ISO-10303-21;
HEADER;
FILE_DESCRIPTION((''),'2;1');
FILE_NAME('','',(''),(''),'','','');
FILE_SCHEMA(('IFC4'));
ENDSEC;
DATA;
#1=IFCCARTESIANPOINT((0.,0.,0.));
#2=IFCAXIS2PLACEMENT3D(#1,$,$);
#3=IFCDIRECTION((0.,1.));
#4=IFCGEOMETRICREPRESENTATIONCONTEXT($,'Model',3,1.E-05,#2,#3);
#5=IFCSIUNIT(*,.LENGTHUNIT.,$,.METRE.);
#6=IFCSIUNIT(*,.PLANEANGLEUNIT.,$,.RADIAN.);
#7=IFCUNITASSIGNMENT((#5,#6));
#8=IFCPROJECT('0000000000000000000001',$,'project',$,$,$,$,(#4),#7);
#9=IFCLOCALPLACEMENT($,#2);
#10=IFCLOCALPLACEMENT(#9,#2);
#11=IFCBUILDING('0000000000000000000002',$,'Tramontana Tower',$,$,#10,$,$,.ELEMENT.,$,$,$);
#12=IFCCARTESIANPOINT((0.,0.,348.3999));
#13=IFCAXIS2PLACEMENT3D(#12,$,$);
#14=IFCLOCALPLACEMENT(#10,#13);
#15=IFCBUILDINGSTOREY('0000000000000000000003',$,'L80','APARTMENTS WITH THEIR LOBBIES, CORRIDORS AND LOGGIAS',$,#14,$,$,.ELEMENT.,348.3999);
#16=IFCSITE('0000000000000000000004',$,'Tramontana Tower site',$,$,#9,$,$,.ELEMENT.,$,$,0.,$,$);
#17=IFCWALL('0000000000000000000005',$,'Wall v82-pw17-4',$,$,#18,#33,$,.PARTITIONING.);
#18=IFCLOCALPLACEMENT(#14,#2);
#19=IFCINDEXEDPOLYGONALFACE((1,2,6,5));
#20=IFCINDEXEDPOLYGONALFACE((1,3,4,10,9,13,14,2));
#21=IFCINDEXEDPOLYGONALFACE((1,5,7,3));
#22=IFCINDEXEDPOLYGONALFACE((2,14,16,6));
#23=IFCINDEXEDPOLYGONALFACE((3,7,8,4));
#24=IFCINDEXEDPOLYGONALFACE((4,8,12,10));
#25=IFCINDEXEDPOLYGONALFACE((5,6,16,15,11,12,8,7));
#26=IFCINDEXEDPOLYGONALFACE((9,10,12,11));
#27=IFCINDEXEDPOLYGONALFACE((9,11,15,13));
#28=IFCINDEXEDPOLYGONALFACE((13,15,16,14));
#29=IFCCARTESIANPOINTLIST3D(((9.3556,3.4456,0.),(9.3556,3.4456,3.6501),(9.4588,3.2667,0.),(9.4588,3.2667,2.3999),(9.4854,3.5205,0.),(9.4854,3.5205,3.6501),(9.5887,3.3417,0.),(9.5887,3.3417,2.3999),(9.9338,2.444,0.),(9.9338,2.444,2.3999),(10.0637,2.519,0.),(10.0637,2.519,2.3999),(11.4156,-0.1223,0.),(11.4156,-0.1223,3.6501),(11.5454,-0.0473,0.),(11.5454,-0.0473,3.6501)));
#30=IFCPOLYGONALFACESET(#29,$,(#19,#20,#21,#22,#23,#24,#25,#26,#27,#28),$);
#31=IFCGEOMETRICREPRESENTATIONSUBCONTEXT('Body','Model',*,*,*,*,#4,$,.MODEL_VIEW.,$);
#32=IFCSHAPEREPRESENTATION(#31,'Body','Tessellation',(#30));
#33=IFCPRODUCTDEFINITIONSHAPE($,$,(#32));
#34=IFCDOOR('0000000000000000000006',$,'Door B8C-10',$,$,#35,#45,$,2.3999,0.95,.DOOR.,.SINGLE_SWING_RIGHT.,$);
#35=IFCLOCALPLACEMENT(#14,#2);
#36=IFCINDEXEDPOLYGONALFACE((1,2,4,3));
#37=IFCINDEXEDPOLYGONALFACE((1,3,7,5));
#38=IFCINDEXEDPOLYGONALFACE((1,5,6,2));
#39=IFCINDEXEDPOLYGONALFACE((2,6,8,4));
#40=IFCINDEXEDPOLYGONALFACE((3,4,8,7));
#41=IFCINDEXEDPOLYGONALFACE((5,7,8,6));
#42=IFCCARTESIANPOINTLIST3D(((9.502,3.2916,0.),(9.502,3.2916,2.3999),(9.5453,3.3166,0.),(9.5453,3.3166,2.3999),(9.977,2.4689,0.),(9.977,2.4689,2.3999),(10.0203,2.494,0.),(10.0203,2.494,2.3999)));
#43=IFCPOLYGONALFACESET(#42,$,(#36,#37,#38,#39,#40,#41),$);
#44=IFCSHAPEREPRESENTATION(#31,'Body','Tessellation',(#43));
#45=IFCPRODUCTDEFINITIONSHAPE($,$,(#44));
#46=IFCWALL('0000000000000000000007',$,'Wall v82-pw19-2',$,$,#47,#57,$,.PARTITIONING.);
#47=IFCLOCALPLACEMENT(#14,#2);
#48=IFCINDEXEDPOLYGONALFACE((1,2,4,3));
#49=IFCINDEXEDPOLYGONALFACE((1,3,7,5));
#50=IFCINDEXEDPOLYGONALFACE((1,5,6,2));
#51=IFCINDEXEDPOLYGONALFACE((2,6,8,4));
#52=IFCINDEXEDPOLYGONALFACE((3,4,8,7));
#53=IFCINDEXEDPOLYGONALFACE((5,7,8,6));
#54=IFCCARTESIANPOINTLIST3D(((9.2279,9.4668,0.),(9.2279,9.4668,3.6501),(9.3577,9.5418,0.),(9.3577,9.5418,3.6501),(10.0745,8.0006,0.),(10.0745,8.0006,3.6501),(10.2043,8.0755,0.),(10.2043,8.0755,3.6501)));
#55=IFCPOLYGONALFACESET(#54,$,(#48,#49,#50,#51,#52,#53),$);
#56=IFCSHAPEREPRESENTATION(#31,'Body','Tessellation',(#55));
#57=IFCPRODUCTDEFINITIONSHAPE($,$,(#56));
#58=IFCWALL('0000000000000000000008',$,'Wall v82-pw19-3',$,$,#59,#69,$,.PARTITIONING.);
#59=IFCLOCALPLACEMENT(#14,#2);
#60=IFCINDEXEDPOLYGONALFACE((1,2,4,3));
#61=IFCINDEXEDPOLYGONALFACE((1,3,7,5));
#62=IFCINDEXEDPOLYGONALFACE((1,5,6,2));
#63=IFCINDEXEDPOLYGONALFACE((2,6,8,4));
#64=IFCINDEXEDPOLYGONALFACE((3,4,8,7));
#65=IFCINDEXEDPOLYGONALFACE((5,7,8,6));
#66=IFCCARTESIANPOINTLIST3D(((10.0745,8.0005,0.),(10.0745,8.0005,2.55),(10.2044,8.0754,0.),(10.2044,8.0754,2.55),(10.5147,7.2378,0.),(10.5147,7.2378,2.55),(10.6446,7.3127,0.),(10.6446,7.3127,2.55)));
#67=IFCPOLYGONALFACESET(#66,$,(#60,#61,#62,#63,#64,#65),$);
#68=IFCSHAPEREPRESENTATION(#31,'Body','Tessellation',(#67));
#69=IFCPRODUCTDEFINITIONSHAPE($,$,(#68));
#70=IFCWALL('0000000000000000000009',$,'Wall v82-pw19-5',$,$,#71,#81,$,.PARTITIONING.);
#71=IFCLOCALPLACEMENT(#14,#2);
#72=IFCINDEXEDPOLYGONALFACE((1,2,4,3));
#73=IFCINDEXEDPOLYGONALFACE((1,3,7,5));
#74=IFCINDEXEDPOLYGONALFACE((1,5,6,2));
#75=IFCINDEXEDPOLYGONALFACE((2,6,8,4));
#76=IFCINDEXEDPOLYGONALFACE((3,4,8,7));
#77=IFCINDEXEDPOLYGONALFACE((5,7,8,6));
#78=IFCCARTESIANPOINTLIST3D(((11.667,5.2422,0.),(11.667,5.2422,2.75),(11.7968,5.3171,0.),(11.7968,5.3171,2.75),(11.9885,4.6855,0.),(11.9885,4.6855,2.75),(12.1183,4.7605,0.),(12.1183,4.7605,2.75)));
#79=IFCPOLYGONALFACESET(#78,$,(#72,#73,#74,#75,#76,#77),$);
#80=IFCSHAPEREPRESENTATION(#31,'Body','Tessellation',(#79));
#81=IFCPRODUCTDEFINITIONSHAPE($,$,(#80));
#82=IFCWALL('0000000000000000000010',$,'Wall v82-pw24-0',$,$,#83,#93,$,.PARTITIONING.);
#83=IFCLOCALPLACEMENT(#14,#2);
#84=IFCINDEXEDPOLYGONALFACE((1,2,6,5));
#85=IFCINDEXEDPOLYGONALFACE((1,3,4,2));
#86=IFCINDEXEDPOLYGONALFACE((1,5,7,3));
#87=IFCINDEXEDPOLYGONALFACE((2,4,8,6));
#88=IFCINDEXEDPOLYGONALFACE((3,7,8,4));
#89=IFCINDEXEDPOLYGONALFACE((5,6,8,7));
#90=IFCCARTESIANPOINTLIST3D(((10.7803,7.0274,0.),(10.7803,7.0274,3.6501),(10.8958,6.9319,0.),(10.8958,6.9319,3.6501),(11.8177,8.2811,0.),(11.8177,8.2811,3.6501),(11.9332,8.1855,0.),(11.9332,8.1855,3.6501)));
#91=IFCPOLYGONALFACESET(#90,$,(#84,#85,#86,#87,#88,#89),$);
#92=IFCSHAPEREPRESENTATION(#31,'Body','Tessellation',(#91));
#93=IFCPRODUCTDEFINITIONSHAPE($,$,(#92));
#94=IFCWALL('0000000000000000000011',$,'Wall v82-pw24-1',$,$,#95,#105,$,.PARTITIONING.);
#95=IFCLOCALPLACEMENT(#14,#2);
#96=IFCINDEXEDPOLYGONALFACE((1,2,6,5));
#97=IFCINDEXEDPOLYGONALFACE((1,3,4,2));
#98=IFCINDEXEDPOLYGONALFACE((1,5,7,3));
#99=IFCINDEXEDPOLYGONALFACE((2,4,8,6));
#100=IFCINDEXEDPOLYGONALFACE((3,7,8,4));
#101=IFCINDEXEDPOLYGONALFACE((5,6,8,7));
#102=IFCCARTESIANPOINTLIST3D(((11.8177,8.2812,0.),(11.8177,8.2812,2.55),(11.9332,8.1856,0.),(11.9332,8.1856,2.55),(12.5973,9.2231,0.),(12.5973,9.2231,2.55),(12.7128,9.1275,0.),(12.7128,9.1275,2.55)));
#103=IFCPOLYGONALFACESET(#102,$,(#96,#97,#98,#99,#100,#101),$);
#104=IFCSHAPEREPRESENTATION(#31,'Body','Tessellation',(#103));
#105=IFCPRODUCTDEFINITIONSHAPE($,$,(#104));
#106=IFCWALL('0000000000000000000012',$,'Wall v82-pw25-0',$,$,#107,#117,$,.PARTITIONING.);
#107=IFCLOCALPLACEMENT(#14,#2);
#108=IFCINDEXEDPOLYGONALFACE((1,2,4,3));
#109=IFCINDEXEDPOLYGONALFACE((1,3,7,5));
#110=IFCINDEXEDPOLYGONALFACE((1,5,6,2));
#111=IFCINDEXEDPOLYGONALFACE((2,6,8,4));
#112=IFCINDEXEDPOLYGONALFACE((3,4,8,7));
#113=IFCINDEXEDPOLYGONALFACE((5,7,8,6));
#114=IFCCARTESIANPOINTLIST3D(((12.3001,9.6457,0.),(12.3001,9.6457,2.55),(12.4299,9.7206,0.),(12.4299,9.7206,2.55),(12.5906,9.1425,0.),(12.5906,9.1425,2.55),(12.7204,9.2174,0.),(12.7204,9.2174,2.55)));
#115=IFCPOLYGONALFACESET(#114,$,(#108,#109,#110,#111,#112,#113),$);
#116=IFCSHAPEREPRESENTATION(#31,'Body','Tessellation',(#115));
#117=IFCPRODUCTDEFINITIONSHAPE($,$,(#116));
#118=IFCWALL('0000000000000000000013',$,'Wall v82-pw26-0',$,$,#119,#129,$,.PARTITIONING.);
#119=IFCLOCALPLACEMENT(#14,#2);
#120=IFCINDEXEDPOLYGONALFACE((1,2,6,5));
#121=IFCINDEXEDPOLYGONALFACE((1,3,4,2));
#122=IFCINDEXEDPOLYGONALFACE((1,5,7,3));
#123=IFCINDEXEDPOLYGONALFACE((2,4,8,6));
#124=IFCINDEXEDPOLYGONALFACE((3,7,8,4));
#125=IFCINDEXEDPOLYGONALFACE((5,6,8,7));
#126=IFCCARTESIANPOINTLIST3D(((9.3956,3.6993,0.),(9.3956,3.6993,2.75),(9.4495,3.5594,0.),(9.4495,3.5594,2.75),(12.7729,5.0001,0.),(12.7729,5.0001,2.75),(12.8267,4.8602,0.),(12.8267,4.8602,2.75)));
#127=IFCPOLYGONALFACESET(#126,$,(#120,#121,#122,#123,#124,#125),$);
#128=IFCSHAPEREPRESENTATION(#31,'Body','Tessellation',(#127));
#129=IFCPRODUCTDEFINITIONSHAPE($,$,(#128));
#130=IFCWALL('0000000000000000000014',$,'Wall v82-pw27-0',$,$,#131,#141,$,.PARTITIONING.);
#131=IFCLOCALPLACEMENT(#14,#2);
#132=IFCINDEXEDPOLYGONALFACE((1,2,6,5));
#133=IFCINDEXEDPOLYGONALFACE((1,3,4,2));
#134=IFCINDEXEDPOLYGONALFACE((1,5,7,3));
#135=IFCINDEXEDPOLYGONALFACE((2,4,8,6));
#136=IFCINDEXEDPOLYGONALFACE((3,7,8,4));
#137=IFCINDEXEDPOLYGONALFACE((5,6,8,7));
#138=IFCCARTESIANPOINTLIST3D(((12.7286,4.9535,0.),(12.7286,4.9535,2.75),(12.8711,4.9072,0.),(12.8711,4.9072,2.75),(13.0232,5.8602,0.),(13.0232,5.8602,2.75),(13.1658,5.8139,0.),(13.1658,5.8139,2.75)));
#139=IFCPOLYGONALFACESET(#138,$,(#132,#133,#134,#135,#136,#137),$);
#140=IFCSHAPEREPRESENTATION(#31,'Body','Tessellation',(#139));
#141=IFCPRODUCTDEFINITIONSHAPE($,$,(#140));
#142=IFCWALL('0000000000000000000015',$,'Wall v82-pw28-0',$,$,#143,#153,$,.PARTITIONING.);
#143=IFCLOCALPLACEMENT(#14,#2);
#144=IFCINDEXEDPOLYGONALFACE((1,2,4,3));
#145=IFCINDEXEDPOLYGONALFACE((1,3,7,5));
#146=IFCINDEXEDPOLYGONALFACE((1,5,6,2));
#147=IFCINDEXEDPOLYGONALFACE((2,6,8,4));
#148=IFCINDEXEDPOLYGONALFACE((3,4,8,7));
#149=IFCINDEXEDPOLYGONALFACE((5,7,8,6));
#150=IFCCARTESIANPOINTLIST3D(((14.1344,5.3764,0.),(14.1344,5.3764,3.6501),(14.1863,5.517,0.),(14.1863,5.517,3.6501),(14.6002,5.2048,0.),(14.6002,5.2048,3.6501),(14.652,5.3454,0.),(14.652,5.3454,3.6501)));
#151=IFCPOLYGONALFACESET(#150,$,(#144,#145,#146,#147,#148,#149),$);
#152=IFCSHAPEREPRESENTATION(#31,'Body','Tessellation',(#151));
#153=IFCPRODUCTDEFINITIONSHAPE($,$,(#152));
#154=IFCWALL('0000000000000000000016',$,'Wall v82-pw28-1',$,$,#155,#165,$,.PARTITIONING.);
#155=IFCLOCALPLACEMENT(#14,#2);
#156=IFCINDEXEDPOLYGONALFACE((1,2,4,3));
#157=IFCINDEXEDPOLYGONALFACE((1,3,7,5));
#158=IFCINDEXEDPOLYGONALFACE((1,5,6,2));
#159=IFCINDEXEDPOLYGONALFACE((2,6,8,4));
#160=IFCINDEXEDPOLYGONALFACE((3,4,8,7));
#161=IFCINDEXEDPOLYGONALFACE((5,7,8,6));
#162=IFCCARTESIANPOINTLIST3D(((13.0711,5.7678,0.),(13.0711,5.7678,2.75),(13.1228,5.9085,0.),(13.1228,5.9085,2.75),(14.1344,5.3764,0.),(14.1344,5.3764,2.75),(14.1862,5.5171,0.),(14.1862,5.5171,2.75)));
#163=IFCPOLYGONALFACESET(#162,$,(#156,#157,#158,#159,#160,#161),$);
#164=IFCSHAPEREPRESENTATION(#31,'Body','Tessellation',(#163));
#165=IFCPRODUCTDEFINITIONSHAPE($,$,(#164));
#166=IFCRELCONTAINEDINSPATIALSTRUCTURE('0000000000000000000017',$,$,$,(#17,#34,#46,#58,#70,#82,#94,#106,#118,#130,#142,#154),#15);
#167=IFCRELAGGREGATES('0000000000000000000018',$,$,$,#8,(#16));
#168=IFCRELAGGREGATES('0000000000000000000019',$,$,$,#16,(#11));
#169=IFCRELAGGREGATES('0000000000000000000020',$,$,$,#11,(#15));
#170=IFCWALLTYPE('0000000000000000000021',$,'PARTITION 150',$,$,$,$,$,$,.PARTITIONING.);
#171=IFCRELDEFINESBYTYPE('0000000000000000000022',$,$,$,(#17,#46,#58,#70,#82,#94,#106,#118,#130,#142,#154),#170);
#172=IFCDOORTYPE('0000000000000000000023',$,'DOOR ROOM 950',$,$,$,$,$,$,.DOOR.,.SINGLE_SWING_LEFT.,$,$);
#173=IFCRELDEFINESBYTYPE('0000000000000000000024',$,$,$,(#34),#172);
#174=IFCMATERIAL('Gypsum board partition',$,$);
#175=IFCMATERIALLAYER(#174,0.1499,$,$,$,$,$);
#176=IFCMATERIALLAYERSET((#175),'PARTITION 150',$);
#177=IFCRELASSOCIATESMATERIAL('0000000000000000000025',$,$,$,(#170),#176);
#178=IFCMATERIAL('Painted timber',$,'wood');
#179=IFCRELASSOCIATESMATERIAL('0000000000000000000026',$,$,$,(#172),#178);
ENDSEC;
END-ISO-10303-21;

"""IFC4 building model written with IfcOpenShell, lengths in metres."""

from ifc_helpers import new_model, si_unit, direction, frame, frame_2d, origin, place, context, subcontext, project, spatial, rectangle, extrude, material, layer, layer_set, type_object, element, fill, save


model = new_model("IFC4")

# Units and contexts
model_context = context("Model", 3, precision=1e-05, world=origin(), true_north=direction((0.0, 1.0)))
body_context = subcontext(model_context, "Body", "Model", "MODEL_VIEW")
ifc_project = project(units=[si_unit("LENGTHUNIT", "METRE"), si_unit("PLANEANGLEUNIT", "RADIAN")], contexts=[model_context])

# Site, building, storey
site_placement = place(None, origin())
site = spatial("IfcSite", under=ifc_project, at=site_placement, Name="Tramontana Tower site", CompositionType="ELEMENT", RefElevation=0.0)
building_placement = place(site_placement, origin())
building = spatial("IfcBuilding", under=site, at=building_placement, Name="Tramontana Tower", CompositionType="ELEMENT")
storey_placement = place(building_placement, frame((0.0, 0.0, 348.3999)))
storey = spatial("IfcBuildingStorey", under=building, at=storey_placement, Name="L80", Description="APARTMENTS WITH THEIR LOBBIES, CORRIDORS AND LOGGIAS", CompositionType="ELEMENT", Elevation=348.3999)

# Wall, opening, door
ifc_material_1 = material(Name="Gypsum board partition")
ifc_layer_1 = layer(ifc_material_1, 0.1499)
ifc_layer_set_1 = layer_set([ifc_layer_1], Name="PARTITION 150")
wall_type = type_object("IfcWallType", Name="PARTITION 150", PredefinedType="PARTITIONING", material=ifc_layer_set_1)
wall_1_placement = place(storey_placement, frame((9.4204, 3.4832, 0.0), z_axis=(0.0, 0.0, 1.0), x_axis=(0.500027, -0.86601, 0.0)))
wall_1 = element("IfcWall", 1, at=wall_1_placement, inside=storey, type_object=wall_type, Name="Wall v82-pw17-4", PredefinedType="PARTITIONING", context=body_context, shape_type="SweptSolid", body=[
    extrude(rectangle(XDim=4.1199, YDim=0.1499, at=frame_2d((2.0601, 0.0))), origin(), (0.0, 0.0, 1.0), 3.6501),
])
opening_1_placement = place(wall_1_placement, frame((0.2065, 0.0, 0.0)))
opening_1 = element("IfcOpeningElement", 2, at=opening_1_placement, cuts=wall_1, PredefinedType="OPENING", context=body_context, shape_type="SweptSolid", body=[
    extrude(rectangle(XDim=0.95, YDim=2.3999, at=frame_2d((0.4751, 1.2))), frame((0.0, 0.085, 0.0), z_axis=(0.0, -1.0, 0.0), x_axis=(1.0, 0.0, 0.0)), (0.0, 0.0, 1.0), 0.1699),
])
ifc_material_2 = material(Name="Painted timber", Category="wood")
door_type = type_object("IfcDoorType", Name="DOOR ROOM 950", OperationType="SINGLE_SWING_LEFT", PredefinedType="DOOR", material=ifc_material_2)
door_1_placement = place(opening_1_placement, origin())
door_1 = element("IfcDoor", 3, at=door_1_placement, inside=storey, type_object=door_type, Name="Door B8C-10", OperationType="SINGLE_SWING_RIGHT", OverallHeight=2.3999, OverallWidth=0.95, PredefinedType="DOOR", context=body_context, shape_type="SweptSolid", body=[
    extrude(rectangle(XDim=0.95, YDim=2.3999, at=frame_2d((0.4751, 1.2))), frame((0.0, 0.0249, 0.0), z_axis=(0.0, -1.0, 0.0), x_axis=(1.0, 0.0, 0.0)), (0.0, 0.0, 1.0), 0.05),
])
fill(opening_1, door_1)

# Walls
wall_2_placement = place(storey_placement, frame((9.2927, 9.5044, 0.0), z_axis=(0.0, 0.0, 1.0), x_axis=(0.500047, -0.865998, 0.0)))
element("IfcWall", 4, at=wall_2_placement, inside=storey, type_object=wall_type, Name="Wall v82-pw19-2", PredefinedType="PARTITIONING", context=body_context, shape_type="SweptSolid", body=[
    extrude(rectangle(XDim=1.6931, YDim=0.1499, at=frame_2d((0.8467, 0.0))), origin(), (0.0, 0.0, 1.0), 3.6501),
])
wall_3_placement = place(storey_placement, frame((10.1394, 8.0381, 0.0), z_axis=(0.0, 0.0, 1.0), x_axis=(0.499866, -0.866102, 0.0)))
element("IfcWall", 5, at=wall_3_placement, inside=storey, type_object=wall_type, Name="Wall v82-pw19-3", PredefinedType="PARTITIONING", context=body_context, shape_type="SweptSolid", body=[
    extrude(rectangle(XDim=0.8806, YDim=0.1499, at=frame_2d((0.4404, 0.0))), origin(), (0.0, 0.0, 1.0), 2.55),
])

# Walls
wall_4_placement = place(storey_placement, frame((11.7319, 5.2795, 0.0), z_axis=(0.0, 0.0, 1.0), x_axis=(0.500183, -0.86592, 0.0)))
element("IfcWall", 6, at=wall_4_placement, inside=storey, type_object=wall_type, Name="Wall v82-pw19-5", PredefinedType="PARTITIONING", context=body_context, shape_type="SweptSolid", body=[
    extrude(rectangle(XDim=0.6428, YDim=0.1499, at=frame_2d((0.3213, 0.0))), origin(), (0.0, 0.0, 1.0), 2.75),
])
wall_5_placement = place(storey_placement, frame((10.8381, 6.9797, 0.0), z_axis=(0.0, 0.0, 1.0), x_axis=(0.637509, 0.770443, 0.0)))
element("IfcWall", 7, at=wall_5_placement, inside=storey, type_object=wall_type, Name="Wall v82-pw24-0", PredefinedType="PARTITIONING", context=body_context, shape_type="SweptSolid", body=[
    extrude(rectangle(XDim=1.6272, YDim=0.1499, at=frame_2d((0.8135, 0.0))), origin(), (0.0, 0.0, 1.0), 3.6501),
])
wall_6_placement = place(storey_placement, frame((11.8755, 8.2334, 0.0), z_axis=(0.0, 0.0, 1.0), x_axis=(0.637588, 0.770377, 0.0)))
element("IfcWall", 8, at=wall_6_placement, inside=storey, type_object=wall_type, Name="Wall v82-pw24-1", PredefinedType="PARTITIONING", context=body_context, shape_type="SweptSolid", body=[
    extrude(rectangle(XDim=1.2227, YDim=0.1499, at=frame_2d((0.6113, 0.0))), origin(), (0.0, 0.0, 1.0), 2.55),
])
wall_7_placement = place(storey_placement, frame((12.6555, 9.1799, 0.0), z_axis=(0.0, 0.0, 1.0), x_axis=(-0.500026, 0.866011, 0.0)))
element("IfcWall", 9, at=wall_7_placement, inside=storey, type_object=wall_type, Name="Wall v82-pw25-0", PredefinedType="PARTITIONING", context=body_context, shape_type="SweptSolid", body=[
    extrude(rectangle(XDim=0.5811, YDim=0.1499, at=frame_2d((0.2905, 0.0))), origin(), (0.0, 0.0, 1.0), 2.55),
])
wall_8_placement = place(storey_placement, frame((12.7998, 4.9302, 0.0), z_axis=(0.0, 0.0, 1.0), x_axis=(-0.933173, -0.359427, 0.0)))
element("IfcWall", 10, at=wall_8_placement, inside=storey, type_object=wall_type, Name="Wall v82-pw26-0", PredefinedType="PARTITIONING", context=body_context, shape_type="SweptSolid", body=[
    extrude(rectangle(XDim=3.6191, YDim=0.1499, at=frame_2d((1.8096, 0.0))), origin(), (0.0, 0.0, 1.0), 2.75),
])
wall_9_placement = place(storey_placement, frame((13.0945, 5.8369, 0.0), z_axis=(0.0, 0.0, 1.0), x_axis=(-0.309074, -0.951038, 0.0)))
element("IfcWall", 11, at=wall_9_placement, inside=storey, type_object=wall_type, Name="Wall v82-pw27-0", PredefinedType="PARTITIONING", context=body_context, shape_type="SweptSolid", body=[
    extrude(rectangle(XDim=0.9534, YDim=0.1499, at=frame_2d((0.4766, 0.0))), origin(), (0.0, 0.0, 1.0), 2.75),
])
wall_10_placement = place(storey_placement, frame((14.626, 5.2751, 0.0), z_axis=(0.0, 0.0, 1.0), x_axis=(-0.938335, 0.345728, 0.0)))
element("IfcWall", 12, at=wall_10_placement, inside=storey, type_object=wall_type, Name="Wall v82-pw28-0", PredefinedType="PARTITIONING", context=body_context, shape_type="SweptSolid", body=[
    extrude(rectangle(XDim=0.4963, YDim=0.1499, at=frame_2d((0.248, 0.0))), origin(), (0.0, 0.0, 1.0), 3.6501),
])
wall_11_placement = place(storey_placement, frame((14.1602, 5.4468, 0.0), z_axis=(0.0, 0.0, 1.0), x_axis=(-0.938446, 0.345426, 0.0)))
element("IfcWall", 13, at=wall_11_placement, inside=storey, type_object=wall_type, Name="Wall v82-pw28-1", PredefinedType="PARTITIONING", context=body_context, shape_type="SweptSolid", body=[
    extrude(rectangle(XDim=1.1331, YDim=0.1499, at=frame_2d((0.5664, 0.0))), origin(), (0.0, 0.0, 1.0), 2.75),
])

save(model, "model.ifc")
